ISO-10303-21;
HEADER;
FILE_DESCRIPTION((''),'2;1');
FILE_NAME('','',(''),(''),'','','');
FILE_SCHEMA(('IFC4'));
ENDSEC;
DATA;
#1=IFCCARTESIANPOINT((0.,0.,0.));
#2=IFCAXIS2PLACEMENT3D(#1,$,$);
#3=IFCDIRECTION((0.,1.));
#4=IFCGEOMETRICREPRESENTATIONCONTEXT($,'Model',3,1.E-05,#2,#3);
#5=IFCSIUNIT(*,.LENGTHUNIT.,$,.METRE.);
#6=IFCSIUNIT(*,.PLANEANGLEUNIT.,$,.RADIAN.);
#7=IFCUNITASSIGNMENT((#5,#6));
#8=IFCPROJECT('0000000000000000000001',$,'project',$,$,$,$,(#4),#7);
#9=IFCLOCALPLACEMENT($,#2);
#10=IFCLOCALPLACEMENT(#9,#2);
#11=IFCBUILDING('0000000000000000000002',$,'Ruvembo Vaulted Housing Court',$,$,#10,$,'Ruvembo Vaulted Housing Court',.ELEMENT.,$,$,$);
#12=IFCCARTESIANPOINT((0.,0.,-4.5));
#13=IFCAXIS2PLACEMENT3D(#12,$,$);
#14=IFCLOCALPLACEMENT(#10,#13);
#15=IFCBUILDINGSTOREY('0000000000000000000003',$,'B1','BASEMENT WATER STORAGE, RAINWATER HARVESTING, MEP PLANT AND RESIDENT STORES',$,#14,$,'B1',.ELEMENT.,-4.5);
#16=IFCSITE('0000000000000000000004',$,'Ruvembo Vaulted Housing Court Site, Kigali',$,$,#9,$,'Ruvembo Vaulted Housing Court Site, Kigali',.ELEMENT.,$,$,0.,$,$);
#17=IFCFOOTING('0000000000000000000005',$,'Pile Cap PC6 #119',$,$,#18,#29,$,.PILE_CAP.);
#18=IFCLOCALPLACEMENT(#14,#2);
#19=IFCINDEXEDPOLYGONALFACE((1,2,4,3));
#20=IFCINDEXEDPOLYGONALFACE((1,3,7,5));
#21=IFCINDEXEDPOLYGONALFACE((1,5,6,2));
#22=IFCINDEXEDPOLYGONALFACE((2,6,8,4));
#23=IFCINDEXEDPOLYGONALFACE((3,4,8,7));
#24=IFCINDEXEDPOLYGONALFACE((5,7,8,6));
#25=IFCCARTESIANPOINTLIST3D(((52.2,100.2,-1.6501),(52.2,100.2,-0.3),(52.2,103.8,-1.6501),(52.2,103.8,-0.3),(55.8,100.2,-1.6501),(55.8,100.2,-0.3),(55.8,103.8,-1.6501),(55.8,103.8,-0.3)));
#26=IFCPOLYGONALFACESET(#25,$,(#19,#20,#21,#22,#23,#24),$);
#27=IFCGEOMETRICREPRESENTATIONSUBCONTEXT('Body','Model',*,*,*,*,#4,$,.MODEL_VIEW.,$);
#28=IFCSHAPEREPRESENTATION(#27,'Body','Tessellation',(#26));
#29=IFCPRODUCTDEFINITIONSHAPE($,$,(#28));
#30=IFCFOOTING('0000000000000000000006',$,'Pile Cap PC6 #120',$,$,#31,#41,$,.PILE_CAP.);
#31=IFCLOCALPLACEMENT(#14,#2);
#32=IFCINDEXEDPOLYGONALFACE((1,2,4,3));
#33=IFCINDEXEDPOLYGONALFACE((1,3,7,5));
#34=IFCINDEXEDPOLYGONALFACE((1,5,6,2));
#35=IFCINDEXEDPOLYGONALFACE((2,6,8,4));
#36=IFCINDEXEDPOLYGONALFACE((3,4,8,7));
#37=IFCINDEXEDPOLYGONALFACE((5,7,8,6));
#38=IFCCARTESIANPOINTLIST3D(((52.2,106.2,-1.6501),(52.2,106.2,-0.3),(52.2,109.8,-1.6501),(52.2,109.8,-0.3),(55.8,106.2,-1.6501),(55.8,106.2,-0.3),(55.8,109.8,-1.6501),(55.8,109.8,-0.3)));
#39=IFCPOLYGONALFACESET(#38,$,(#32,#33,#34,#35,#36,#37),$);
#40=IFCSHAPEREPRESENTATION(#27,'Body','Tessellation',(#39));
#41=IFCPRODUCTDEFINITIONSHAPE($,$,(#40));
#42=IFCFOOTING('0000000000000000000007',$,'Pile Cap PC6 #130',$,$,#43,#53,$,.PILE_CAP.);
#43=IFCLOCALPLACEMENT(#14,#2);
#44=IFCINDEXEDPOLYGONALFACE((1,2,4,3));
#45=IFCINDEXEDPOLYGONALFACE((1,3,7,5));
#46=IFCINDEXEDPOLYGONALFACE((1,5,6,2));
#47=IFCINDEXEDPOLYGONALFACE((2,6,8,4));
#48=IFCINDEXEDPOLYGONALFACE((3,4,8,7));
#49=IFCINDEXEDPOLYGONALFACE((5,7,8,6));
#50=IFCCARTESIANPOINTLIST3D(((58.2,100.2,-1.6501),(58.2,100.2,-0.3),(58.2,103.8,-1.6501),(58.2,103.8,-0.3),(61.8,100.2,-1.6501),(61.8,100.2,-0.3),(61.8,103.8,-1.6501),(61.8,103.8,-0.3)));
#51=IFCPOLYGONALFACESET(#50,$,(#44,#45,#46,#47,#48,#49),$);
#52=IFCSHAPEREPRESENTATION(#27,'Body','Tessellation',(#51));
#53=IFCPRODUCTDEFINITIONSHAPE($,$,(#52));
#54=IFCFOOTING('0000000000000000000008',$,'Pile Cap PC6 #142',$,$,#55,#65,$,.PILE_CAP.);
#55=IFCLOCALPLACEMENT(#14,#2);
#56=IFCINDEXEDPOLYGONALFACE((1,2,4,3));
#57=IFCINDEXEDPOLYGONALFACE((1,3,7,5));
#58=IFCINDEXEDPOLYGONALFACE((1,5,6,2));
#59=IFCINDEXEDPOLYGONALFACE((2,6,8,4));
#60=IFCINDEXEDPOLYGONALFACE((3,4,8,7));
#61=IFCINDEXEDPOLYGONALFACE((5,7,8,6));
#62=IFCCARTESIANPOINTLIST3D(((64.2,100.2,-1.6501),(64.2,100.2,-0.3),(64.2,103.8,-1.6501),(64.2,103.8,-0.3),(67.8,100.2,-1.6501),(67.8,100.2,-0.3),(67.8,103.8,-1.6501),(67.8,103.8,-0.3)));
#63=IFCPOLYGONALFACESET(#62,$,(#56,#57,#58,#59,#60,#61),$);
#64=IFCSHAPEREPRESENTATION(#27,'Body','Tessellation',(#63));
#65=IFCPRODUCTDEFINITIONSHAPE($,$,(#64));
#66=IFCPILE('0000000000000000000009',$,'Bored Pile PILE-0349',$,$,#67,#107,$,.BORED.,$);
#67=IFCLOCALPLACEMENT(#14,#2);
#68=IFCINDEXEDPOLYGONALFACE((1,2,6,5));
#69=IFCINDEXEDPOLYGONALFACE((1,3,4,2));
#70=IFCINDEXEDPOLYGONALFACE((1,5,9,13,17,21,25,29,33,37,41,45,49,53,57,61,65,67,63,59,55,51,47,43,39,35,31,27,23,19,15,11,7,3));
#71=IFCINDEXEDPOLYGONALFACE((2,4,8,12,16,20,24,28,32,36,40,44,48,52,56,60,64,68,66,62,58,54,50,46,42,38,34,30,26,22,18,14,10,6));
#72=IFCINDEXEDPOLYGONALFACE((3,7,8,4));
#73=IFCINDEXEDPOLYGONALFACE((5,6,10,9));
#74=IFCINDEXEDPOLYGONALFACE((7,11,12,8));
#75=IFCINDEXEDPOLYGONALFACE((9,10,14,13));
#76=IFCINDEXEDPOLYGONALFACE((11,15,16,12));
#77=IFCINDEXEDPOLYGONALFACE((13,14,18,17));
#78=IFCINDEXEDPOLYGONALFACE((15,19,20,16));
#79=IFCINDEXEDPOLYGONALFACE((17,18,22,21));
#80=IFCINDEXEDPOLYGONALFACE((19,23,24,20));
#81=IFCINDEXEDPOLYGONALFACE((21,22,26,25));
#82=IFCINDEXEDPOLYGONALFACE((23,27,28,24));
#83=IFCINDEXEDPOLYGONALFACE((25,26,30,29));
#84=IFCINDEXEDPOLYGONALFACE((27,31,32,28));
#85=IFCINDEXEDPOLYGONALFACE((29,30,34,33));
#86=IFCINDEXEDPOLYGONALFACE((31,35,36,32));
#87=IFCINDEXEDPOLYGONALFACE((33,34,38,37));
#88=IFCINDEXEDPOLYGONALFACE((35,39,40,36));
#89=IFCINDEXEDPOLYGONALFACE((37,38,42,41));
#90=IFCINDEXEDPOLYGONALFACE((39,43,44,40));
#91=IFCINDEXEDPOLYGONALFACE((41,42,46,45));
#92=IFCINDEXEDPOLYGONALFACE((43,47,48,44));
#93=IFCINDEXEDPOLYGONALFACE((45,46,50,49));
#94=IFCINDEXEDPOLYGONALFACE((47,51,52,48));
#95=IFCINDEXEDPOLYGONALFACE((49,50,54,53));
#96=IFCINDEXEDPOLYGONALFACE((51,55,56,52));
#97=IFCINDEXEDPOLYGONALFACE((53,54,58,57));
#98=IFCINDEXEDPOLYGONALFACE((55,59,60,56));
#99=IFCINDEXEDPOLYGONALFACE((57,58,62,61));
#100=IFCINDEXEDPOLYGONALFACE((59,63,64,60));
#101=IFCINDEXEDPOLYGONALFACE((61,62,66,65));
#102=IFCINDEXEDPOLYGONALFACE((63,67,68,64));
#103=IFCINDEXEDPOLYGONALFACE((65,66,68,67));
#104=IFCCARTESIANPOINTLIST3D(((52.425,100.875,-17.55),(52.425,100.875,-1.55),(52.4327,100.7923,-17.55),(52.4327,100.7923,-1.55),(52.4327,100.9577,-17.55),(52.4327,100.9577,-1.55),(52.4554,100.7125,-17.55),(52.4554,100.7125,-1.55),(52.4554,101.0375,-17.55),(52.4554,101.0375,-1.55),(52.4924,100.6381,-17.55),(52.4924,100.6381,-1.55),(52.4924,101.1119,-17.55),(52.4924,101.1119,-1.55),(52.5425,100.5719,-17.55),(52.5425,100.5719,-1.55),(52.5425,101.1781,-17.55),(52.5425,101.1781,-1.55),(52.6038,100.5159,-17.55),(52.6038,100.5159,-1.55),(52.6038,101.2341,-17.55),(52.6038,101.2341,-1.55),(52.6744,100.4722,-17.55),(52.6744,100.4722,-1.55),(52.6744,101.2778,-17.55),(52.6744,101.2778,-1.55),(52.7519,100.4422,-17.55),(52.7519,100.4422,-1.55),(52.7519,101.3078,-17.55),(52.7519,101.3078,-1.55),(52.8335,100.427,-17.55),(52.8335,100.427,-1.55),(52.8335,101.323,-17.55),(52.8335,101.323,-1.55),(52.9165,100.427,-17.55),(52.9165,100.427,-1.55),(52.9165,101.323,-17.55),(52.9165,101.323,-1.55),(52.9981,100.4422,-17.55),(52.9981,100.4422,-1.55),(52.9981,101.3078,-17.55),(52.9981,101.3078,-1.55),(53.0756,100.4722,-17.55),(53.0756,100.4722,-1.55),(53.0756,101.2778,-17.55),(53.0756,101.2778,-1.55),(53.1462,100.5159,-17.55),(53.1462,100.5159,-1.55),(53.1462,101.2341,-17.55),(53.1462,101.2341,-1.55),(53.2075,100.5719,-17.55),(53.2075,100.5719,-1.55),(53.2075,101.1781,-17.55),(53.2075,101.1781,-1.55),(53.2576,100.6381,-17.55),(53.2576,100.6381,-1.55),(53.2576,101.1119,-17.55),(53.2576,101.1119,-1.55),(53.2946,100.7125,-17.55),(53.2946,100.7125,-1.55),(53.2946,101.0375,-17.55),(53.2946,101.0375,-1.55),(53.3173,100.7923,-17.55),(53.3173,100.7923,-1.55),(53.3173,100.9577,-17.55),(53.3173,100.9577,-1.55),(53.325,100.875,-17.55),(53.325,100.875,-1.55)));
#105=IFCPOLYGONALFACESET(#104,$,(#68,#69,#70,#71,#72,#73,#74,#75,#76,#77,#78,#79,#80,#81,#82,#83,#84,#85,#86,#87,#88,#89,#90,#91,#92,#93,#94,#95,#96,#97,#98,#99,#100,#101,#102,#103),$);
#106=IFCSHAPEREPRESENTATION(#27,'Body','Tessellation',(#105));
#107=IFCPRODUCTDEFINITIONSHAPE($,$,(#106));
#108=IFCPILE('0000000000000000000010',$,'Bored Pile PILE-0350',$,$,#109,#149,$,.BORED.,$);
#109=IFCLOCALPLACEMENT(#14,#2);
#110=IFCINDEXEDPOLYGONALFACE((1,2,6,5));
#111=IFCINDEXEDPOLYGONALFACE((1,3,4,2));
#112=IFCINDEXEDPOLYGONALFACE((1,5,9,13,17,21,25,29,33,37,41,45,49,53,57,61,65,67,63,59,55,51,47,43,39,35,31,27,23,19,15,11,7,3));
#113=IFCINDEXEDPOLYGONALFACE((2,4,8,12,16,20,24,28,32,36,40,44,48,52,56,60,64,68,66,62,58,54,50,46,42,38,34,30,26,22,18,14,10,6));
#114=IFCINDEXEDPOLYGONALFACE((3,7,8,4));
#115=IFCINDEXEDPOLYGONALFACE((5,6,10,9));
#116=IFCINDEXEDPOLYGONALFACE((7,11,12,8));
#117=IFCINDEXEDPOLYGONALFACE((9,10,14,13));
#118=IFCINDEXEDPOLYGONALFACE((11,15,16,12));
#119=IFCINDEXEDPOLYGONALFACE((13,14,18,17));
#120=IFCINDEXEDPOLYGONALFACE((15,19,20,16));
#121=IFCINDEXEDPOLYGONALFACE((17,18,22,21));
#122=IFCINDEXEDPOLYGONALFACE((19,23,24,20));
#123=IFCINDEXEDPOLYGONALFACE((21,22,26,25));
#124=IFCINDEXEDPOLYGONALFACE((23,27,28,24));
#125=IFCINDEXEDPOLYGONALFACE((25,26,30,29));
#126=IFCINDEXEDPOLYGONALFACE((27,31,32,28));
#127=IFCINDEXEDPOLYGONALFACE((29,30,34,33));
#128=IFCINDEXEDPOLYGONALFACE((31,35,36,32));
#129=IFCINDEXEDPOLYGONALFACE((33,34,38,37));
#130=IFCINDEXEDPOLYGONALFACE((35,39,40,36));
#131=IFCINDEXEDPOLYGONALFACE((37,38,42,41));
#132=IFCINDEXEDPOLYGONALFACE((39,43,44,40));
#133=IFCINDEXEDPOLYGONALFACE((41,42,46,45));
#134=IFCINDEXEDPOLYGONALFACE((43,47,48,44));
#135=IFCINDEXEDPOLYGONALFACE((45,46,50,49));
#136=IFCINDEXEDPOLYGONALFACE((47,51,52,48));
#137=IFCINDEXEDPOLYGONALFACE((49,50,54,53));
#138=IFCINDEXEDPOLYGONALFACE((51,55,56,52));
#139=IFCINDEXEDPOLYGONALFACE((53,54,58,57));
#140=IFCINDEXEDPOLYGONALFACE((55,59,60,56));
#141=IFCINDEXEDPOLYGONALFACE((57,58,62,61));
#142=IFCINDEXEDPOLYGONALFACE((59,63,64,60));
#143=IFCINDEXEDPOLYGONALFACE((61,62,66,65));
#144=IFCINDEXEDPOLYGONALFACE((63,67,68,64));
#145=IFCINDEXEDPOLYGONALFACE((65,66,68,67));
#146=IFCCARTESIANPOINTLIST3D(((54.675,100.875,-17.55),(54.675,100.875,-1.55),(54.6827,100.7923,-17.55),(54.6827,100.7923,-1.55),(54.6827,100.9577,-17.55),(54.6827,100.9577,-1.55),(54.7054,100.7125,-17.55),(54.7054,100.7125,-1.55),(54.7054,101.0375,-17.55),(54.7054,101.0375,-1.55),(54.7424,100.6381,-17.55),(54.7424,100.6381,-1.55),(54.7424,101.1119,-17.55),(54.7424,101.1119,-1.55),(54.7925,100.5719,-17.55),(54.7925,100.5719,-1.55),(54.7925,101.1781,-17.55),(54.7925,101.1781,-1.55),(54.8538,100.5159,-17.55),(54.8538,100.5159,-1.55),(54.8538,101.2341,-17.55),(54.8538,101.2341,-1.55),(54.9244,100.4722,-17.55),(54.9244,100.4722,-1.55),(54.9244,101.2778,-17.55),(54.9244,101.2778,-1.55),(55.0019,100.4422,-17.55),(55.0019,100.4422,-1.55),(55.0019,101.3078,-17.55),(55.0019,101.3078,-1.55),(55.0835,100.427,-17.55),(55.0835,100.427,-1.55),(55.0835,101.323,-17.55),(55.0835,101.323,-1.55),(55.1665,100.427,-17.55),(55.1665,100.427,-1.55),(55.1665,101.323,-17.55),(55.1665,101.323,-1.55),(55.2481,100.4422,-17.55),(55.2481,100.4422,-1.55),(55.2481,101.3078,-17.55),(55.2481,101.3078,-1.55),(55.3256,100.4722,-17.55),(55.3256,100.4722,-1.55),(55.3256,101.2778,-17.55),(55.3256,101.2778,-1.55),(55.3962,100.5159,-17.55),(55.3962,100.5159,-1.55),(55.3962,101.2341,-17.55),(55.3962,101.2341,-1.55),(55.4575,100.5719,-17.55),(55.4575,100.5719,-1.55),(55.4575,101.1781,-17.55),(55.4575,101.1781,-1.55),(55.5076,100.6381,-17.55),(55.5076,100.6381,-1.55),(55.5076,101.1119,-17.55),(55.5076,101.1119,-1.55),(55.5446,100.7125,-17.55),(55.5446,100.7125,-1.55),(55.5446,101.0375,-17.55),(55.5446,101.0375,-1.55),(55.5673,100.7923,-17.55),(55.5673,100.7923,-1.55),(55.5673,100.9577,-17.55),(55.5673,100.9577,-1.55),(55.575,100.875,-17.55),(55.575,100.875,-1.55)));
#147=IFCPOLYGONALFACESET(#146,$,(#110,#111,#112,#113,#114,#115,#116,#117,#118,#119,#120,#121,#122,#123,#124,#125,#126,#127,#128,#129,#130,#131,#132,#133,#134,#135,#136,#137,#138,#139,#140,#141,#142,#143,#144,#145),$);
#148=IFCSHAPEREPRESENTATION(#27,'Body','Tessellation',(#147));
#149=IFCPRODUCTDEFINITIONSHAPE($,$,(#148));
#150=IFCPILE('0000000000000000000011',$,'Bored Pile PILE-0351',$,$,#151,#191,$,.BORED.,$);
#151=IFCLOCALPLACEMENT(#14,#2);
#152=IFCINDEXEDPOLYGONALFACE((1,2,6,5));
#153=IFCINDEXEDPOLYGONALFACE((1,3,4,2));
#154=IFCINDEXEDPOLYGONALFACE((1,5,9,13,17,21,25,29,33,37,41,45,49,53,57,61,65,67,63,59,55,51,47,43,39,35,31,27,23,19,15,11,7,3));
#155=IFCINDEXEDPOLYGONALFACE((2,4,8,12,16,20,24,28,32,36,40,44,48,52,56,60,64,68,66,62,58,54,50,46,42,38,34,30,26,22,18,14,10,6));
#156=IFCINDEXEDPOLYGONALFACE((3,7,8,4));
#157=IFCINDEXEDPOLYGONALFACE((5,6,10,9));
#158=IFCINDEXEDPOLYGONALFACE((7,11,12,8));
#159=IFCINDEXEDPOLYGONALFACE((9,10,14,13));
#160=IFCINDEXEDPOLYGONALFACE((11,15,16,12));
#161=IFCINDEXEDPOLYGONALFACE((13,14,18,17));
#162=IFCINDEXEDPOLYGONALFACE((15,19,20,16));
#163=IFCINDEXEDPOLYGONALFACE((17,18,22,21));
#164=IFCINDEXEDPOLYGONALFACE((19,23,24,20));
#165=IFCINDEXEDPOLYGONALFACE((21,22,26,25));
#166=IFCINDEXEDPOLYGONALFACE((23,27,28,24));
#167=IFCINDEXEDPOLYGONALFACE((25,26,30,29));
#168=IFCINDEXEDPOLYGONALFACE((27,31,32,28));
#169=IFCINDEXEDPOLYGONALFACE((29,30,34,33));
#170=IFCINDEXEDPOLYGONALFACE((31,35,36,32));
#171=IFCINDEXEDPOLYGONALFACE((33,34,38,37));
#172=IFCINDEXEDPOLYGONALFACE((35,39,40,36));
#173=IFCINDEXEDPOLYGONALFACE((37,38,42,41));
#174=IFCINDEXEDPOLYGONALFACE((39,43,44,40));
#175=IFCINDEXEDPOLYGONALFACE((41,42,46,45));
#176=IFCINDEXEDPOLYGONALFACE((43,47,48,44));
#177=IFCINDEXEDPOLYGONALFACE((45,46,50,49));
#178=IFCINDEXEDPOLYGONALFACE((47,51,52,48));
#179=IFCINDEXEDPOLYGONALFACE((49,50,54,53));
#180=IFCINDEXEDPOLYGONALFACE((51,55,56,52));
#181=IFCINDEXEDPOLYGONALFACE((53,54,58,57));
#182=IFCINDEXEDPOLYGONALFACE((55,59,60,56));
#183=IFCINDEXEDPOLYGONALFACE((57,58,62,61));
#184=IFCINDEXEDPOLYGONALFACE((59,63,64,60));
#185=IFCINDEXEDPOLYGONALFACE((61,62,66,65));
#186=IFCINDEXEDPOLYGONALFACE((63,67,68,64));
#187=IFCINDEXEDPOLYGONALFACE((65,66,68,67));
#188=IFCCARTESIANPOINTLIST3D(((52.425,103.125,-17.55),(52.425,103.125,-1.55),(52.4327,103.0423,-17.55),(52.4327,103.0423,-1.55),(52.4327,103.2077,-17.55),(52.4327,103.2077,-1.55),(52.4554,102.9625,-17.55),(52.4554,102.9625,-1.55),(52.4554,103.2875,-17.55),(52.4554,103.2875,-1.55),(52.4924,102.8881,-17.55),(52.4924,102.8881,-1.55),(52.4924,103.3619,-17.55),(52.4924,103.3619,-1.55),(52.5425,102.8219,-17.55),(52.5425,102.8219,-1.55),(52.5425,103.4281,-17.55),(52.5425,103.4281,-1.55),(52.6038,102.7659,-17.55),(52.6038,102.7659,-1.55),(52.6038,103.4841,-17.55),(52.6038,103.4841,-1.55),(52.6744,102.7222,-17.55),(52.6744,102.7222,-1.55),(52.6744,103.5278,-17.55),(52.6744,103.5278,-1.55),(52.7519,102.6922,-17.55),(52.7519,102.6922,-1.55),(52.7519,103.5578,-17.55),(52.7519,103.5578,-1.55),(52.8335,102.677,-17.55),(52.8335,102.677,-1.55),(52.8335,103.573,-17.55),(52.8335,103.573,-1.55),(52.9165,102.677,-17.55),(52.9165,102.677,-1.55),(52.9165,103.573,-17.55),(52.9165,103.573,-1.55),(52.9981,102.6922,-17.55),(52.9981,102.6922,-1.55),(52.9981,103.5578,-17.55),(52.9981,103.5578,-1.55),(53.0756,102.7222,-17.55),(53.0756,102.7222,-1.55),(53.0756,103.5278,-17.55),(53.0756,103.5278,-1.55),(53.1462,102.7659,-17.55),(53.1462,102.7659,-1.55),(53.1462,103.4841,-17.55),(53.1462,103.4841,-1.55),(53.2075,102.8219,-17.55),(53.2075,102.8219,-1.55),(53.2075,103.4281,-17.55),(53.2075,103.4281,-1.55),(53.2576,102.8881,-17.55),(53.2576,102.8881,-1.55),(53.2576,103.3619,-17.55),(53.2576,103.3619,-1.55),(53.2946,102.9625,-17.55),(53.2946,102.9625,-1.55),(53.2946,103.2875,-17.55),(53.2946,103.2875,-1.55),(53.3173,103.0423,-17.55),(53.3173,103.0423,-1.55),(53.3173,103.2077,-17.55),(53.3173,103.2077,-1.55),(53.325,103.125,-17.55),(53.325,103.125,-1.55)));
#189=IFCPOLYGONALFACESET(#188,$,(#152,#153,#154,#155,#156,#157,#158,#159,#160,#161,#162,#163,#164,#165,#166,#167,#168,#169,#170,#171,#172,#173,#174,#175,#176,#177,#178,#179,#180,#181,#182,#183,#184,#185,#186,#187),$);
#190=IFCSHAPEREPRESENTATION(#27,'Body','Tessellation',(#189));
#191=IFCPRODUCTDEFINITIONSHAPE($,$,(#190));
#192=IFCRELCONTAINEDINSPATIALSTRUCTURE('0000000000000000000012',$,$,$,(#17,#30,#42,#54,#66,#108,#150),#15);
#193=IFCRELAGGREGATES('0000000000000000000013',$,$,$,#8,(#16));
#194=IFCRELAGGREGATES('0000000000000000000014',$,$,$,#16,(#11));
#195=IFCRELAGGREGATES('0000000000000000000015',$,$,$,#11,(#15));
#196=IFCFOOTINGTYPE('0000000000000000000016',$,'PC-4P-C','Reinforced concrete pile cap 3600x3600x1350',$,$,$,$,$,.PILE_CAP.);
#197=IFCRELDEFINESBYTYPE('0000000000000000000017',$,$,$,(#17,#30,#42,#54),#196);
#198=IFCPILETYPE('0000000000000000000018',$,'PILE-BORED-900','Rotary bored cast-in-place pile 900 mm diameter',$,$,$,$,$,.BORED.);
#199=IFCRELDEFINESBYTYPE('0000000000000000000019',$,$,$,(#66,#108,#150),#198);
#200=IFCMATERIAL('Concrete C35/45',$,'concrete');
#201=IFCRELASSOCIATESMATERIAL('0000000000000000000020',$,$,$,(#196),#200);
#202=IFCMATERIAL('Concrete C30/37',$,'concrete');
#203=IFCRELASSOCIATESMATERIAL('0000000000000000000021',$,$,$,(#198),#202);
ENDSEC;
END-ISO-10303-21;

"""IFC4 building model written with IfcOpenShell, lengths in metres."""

from ifc_helpers import new_model, si_unit, direction, frame, origin, origin_2d, place, context, subcontext, project, spatial, rectangle, circle, extrude, material, material_profile, profile_set, type_object, element, save


model = new_model("IFC4")

# Units and contexts
model_context = context("Model", 3, precision=1e-05, world=origin(), true_north=direction((0.0, 1.0)))
body_context = subcontext(model_context, "Body", "Model", "MODEL_VIEW")
ifc_project = project(units=[si_unit("LENGTHUNIT", "METRE"), si_unit("PLANEANGLEUNIT", "RADIAN")], contexts=[model_context])

# Site, building, storey
site_placement = place(None, origin())
site = spatial("IfcSite", under=ifc_project, at=site_placement, Name="Ruvembo Vaulted Housing Court Site, Kigali", LongName="Ruvembo Vaulted Housing Court Site, Kigali", CompositionType="ELEMENT", RefElevation=0.0)
building_placement = place(site_placement, origin())
building = spatial("IfcBuilding", under=site, at=building_placement, Name="Ruvembo Vaulted Housing Court", LongName="Ruvembo Vaulted Housing Court", CompositionType="ELEMENT")
storey_placement = place(building_placement, frame((0.0, 0.0, -4.5)))
storey = spatial("IfcBuildingStorey", under=building, at=storey_placement, Name="B1", Description="BASEMENT WATER STORAGE, RAINWATER HARVESTING, MEP PLANT AND RESIDENT STORES", LongName="B1", CompositionType="ELEMENT", Elevation=-4.5)

# Footings
ifc_material_1 = material(Name="Concrete C35/45", Category="concrete")
footing_type = type_object("IfcFootingType", Name="PC-4P-C", Description="Reinforced concrete pile cap 3600x3600x1350", PredefinedType="PILE_CAP", material=ifc_material_1)
for number, where, z_axis, x_axis, name in (
    (1, (54.0, 102.0, -1.6501), (0.0, 0.0, 1.0), (1.0, 0.0, 0.0), "Pile Cap PC6 #119"),
    (2, (54.0, 108.0, -1.6501), (0.0, 0.0, 1.0), (1.0, 0.0, 0.0), "Pile Cap PC6 #120"),
    (3, (60.0, 102.0, -1.6501), (0.0, 0.0, 1.0), (1.0, 0.0, 0.0), "Pile Cap PC6 #130"),
    (4, (66.0, 102.0, -1.6501), (0.0, 0.0, 1.0), (1.0, 0.0, 0.0), "Pile Cap PC6 #142"),
):
    element("IfcFooting", number, at=place(storey_placement, frame(where, z_axis=z_axis, x_axis=x_axis)), inside=storey, type_object=footing_type, Name=name, PredefinedType="PILE_CAP", context=body_context, shape_type="SweptSolid", body=[
        extrude(rectangle(XDim=3.6001, YDim=3.6001, at=origin_2d()), origin(), (0.0, 0.0, 1.0), 1.3501),
    ])

# Piles
ifc_material_2 = material(Name="Concrete C30/37", Category="concrete")
ifc_material_profile_1 = material_profile(ifc_material_2, circle(Radius=0.45, at=origin_2d()), Name="PILE D900")
ifc_profile_set_1 = profile_set([ifc_material_profile_1], Name="Concrete C30/37")
pile_type = type_object("IfcPileType", Name="PILE-BORED-900", Description="Rotary bored cast-in-place pile 900 mm diameter", PredefinedType="BORED", material=ifc_profile_set_1)
for number, where, z_axis, x_axis, name in (
    (5, (52.875, 100.875, -1.55), (0.0, 0.0, -1.0), (1.0, 0.0, 0.0), "Bored Pile PILE-0349"),
    (6, (55.125, 100.875, -1.55), (0.0, 0.0, -1.0), (1.0, 0.0, 0.0), "Bored Pile PILE-0350"),
    (7, (52.875, 103.125, -1.55), (0.0, 0.0, -1.0), (1.0, 0.0, 0.0), "Bored Pile PILE-0351"),
):
    element("IfcPile", number, at=place(storey_placement, frame(where, z_axis=z_axis, x_axis=x_axis)), inside=storey, type_object=pile_type, Name=name, PredefinedType="BORED", context=body_context, shape_type="SweptSolid", body=[
        extrude(circle(Radius=0.45, at=origin_2d()), origin(), (0.0, 0.0, 1.0), 16.0),
    ])

save(model, "model.ifc")
